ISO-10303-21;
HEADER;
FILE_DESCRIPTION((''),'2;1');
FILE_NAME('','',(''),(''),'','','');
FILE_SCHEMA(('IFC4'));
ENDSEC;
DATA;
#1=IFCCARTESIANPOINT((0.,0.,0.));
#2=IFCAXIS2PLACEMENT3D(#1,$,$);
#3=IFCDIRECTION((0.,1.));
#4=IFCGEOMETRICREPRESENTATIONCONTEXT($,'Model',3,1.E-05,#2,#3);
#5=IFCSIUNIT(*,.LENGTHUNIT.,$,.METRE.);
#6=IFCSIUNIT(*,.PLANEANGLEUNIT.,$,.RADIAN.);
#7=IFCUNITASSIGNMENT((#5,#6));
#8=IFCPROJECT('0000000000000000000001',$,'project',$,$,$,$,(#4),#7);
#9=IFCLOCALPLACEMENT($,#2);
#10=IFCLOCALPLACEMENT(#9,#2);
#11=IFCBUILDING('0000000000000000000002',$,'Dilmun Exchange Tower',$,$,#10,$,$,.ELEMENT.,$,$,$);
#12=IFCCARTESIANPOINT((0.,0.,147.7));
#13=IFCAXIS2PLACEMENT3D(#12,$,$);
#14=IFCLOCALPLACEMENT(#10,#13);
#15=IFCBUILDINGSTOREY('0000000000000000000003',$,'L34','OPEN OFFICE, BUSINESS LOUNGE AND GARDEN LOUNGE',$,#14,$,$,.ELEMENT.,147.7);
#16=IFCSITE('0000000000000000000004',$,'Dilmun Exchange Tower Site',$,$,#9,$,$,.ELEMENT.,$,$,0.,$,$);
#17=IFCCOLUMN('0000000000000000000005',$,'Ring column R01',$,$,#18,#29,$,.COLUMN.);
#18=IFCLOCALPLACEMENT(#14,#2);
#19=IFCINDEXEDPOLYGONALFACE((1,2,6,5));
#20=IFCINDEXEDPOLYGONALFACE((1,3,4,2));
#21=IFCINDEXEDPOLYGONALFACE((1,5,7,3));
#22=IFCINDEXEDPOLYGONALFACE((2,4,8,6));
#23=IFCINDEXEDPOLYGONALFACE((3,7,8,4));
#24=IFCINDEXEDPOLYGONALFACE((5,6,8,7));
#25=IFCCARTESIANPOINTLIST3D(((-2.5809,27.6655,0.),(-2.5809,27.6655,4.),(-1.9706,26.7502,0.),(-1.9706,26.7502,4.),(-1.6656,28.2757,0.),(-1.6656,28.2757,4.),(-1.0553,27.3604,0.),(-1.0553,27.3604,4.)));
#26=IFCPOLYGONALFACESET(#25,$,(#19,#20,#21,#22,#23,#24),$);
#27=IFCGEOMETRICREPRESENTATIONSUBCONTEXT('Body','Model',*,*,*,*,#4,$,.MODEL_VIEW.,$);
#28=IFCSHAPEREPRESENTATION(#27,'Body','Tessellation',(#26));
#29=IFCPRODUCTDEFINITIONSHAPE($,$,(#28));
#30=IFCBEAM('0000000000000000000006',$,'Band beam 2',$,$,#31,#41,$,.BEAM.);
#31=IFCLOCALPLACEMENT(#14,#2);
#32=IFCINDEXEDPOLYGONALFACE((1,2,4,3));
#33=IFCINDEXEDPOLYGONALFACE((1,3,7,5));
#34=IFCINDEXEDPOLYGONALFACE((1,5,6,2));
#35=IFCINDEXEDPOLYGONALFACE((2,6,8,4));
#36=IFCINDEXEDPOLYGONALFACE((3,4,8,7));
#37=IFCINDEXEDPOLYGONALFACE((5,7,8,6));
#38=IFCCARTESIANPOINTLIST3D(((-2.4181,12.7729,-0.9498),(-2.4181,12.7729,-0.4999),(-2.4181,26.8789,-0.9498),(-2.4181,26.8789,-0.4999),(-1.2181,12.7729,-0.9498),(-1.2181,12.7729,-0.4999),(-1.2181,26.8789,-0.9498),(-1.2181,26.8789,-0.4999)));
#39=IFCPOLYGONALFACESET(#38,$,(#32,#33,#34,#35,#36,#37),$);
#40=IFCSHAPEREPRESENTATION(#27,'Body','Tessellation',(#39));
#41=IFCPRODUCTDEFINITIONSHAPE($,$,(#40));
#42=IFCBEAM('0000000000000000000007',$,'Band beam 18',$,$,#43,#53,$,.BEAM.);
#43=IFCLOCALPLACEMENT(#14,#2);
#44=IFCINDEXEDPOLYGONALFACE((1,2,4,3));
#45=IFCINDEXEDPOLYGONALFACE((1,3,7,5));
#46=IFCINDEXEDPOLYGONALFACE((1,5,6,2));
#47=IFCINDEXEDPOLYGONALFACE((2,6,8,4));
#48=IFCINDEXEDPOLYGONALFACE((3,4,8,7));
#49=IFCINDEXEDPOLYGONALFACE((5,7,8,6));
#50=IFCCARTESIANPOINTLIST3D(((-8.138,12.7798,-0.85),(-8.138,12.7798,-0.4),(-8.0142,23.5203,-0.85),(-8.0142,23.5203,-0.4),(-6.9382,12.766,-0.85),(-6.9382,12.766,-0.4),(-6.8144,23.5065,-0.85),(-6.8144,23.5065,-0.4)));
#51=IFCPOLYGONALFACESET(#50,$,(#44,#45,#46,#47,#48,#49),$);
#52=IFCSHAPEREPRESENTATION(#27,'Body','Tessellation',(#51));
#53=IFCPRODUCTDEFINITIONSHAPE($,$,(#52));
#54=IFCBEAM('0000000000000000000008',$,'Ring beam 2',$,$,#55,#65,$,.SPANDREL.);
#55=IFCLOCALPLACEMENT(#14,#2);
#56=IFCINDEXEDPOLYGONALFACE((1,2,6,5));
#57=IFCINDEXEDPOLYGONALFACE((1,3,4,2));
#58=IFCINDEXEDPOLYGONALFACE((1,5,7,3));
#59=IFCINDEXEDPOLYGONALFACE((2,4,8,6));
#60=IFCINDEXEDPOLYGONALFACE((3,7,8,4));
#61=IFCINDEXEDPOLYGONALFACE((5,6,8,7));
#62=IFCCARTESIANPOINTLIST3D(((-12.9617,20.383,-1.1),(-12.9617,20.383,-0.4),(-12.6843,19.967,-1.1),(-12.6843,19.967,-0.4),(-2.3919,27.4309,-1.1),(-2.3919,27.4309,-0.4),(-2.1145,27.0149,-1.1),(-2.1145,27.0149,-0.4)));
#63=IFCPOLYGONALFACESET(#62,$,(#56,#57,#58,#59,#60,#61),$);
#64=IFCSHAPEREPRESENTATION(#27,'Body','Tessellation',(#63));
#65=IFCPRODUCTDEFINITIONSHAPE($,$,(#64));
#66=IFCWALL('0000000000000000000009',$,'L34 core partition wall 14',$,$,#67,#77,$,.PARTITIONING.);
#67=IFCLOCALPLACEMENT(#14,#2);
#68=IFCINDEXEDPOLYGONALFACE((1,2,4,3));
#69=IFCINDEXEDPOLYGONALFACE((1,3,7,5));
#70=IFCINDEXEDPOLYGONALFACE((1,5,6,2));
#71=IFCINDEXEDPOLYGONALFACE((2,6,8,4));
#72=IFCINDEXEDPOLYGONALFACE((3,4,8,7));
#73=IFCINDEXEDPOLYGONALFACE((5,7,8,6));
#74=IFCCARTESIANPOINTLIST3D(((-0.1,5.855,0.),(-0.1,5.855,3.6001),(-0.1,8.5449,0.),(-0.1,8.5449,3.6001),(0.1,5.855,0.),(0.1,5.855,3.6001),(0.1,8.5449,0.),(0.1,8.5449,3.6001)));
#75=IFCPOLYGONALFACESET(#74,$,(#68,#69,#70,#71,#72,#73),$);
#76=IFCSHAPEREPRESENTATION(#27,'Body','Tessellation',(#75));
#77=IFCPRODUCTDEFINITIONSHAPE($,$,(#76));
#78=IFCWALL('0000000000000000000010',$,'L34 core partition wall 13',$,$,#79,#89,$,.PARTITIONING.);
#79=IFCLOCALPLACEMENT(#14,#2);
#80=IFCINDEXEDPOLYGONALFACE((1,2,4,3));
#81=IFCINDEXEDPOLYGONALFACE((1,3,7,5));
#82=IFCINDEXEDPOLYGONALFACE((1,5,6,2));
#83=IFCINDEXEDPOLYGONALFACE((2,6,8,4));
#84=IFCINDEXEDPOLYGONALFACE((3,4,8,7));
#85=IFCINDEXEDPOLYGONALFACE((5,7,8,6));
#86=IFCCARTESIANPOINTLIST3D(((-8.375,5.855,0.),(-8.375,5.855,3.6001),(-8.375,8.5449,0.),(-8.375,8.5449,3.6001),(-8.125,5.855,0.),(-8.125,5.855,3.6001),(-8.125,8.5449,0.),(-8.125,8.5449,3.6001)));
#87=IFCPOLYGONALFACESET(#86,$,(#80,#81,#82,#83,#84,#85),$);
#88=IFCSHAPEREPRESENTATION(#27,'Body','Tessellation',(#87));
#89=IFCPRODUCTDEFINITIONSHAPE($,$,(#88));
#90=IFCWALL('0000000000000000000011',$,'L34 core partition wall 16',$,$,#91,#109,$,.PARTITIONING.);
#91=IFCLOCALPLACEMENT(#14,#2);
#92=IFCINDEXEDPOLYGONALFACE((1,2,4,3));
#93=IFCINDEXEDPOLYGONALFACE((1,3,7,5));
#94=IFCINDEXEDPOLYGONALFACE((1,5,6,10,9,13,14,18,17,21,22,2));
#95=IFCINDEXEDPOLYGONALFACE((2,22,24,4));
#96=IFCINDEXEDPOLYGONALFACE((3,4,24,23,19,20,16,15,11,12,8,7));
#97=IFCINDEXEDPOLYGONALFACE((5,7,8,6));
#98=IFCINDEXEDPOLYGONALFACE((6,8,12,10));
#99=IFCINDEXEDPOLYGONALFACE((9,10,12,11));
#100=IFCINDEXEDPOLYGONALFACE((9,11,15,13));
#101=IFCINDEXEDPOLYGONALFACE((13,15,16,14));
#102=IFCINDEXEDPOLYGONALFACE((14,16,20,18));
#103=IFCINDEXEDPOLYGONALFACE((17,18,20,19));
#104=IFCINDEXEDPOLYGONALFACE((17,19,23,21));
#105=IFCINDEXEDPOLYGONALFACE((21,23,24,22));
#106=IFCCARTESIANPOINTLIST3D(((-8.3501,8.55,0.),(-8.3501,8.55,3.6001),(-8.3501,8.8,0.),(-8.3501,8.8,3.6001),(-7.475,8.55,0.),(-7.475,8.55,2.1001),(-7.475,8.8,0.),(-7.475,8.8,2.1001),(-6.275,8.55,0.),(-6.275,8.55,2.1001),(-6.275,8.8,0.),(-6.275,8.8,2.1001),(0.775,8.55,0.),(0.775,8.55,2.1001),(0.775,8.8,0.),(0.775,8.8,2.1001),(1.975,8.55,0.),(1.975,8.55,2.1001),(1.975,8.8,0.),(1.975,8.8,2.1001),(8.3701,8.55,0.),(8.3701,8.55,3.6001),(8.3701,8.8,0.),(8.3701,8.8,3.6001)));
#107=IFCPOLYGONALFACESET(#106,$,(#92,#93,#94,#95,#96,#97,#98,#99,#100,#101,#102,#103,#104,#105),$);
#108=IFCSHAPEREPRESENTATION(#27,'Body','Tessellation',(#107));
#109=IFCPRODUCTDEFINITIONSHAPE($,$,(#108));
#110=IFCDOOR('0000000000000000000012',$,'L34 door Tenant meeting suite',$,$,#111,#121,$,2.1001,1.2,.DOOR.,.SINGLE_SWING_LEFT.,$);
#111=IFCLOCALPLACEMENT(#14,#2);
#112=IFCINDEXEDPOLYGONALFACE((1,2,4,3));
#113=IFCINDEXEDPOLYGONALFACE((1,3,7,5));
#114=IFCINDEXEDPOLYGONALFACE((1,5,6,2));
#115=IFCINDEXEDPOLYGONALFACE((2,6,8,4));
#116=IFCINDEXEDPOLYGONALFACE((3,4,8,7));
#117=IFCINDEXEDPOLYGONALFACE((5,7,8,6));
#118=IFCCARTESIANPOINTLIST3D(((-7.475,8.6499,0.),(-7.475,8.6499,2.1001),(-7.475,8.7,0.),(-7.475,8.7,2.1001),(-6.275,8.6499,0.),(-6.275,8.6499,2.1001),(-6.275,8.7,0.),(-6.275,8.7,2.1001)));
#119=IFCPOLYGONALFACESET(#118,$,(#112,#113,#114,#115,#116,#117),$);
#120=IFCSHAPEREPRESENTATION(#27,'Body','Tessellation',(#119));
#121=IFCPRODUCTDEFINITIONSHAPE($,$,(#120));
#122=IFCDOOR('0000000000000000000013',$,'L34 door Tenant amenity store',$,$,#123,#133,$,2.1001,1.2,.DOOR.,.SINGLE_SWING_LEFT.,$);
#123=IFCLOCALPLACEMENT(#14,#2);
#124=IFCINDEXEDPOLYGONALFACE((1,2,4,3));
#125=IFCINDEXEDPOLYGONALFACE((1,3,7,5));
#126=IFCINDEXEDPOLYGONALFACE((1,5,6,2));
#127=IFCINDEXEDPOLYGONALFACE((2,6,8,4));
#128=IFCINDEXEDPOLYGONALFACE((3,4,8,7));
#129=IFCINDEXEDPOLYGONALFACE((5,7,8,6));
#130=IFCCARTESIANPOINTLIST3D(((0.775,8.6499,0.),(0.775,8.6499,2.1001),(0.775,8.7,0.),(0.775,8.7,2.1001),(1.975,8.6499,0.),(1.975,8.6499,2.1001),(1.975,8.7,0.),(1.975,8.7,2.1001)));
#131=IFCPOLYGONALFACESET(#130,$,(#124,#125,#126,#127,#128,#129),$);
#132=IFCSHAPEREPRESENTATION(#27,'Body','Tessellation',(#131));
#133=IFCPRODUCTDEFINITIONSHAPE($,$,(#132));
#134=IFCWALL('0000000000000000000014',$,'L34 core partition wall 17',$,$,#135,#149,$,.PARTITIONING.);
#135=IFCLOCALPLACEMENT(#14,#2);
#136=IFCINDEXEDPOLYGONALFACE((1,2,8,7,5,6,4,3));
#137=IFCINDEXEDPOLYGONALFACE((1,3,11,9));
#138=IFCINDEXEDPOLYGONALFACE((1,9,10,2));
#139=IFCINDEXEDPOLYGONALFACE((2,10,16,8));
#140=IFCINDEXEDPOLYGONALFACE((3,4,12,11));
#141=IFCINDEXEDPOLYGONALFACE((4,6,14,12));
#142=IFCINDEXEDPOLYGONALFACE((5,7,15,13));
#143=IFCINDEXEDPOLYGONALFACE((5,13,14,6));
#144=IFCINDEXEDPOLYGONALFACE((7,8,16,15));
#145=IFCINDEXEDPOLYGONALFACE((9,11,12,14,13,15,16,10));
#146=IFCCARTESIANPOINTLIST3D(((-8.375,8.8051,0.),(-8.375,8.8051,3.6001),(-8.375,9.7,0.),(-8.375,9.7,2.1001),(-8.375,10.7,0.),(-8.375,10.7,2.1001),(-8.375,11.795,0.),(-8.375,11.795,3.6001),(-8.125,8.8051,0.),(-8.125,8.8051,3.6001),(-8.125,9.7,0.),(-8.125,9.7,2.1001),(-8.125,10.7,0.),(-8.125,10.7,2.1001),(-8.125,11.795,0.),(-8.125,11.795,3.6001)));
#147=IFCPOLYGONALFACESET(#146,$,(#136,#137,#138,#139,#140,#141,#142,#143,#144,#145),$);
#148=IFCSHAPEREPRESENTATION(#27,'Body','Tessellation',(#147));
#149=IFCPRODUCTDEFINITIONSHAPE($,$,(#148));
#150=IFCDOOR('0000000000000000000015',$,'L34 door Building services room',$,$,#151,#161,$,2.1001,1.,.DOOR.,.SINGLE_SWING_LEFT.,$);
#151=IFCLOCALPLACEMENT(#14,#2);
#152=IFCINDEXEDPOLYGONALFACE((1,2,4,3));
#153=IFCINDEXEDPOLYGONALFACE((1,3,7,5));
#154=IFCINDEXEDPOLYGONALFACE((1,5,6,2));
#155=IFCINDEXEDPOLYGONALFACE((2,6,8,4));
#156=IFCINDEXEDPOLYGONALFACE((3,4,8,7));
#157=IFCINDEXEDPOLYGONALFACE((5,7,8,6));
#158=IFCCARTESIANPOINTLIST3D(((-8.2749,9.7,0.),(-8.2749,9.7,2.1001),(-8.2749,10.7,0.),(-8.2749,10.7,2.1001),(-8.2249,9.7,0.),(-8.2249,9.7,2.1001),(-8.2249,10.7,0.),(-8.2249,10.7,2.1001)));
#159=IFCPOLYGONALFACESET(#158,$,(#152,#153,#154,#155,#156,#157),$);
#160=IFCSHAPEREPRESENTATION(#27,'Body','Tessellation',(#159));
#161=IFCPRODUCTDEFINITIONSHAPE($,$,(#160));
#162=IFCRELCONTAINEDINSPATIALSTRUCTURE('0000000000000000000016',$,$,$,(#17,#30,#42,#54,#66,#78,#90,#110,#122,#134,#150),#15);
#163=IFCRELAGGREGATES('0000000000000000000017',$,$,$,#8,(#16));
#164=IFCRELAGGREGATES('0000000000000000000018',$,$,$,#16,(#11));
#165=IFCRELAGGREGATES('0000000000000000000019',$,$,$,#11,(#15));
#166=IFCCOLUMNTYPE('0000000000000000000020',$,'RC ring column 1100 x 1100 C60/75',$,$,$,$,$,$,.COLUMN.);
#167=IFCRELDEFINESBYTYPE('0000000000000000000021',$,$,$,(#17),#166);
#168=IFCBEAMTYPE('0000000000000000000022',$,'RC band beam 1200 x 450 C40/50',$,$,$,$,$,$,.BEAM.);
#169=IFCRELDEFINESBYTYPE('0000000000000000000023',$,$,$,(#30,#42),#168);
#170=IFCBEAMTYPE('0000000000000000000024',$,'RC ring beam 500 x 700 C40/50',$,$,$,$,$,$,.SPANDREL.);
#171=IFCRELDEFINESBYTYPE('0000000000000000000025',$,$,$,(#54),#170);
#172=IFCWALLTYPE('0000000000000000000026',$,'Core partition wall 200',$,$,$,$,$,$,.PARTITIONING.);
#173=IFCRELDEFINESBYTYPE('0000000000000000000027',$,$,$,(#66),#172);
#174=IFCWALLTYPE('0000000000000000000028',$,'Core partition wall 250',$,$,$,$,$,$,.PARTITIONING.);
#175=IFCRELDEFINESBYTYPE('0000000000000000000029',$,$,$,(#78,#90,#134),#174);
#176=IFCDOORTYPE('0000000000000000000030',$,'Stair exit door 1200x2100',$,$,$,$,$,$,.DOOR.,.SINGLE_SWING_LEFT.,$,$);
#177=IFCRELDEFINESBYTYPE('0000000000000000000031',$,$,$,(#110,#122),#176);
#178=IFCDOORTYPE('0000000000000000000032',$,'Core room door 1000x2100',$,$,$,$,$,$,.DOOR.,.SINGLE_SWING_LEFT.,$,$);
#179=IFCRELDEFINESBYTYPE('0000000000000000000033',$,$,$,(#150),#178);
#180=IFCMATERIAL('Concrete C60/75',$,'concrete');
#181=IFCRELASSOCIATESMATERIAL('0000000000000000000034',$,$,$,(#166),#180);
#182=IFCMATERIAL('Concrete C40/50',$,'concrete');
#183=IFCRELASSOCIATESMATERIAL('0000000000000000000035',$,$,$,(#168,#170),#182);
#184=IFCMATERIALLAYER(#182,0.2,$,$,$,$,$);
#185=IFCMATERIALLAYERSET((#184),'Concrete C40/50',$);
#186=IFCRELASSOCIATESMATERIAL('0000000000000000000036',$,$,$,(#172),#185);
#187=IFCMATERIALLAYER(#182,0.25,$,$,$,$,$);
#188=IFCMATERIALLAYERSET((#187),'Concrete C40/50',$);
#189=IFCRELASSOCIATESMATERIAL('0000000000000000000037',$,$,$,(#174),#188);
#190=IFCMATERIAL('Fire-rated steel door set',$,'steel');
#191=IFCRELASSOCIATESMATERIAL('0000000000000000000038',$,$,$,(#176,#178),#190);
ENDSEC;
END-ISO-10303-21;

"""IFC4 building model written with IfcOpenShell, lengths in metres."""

from ifc_helpers import new_model, si_unit, direction, frame, frame_2d, origin, origin_2d, place, context, subcontext, project, spatial, rectangle, extrude, material, layer, layer_set, material_profile, profile_set, type_object, element, fill, save


model = new_model("IFC4")

# Units and contexts
model_context = context("Model", 3, precision=1e-05, world=origin(), true_north=direction((0.0, 1.0)))
body_context = subcontext(model_context, "Body", "Model", "MODEL_VIEW")
ifc_project = project(units=[si_unit("LENGTHUNIT", "METRE"), si_unit("PLANEANGLEUNIT", "RADIAN")], contexts=[model_context])

# Site, building, storey
site_placement = place(None, origin())
site = spatial("IfcSite", under=ifc_project, at=site_placement, Name="Dilmun Exchange Tower Site", CompositionType="ELEMENT", RefElevation=0.0)
building_placement = place(site_placement, origin())
building = spatial("IfcBuilding", under=site, at=building_placement, Name="Dilmun Exchange Tower", CompositionType="ELEMENT")
storey_placement = place(building_placement, frame((0.0, 0.0, 147.7)))
storey = spatial("IfcBuildingStorey", under=building, at=storey_placement, Name="L34", Description="OPEN OFFICE, BUSINESS LOUNGE AND GARDEN LOUNGE", CompositionType="ELEMENT", Elevation=147.7)

# Column
ifc_material_1 = material(Name="Concrete C60/75", Category="concrete")
ifc_material_profile_1 = material_profile(ifc_material_1, rectangle(XDim=1.1001, YDim=1.1001, at=origin_2d()), Name="1100 x 1100")
ifc_profile_set_1 = profile_set([ifc_material_profile_1], Name="Concrete C60/75")
column_type = type_object("IfcColumnType", Name="RC ring column 1100 x 1100 C60/75", PredefinedType="COLUMN", material=ifc_profile_set_1)
column_placement = place(storey_placement, frame((-1.8181, 27.5129, 0.0), z_axis=(0.0, 0.0, 1.0), x_axis=(0.832029, 0.554733, 0.0)))
element("IfcColumn", 1, at=column_placement, inside=storey, type_object=column_type, Name="Ring column R01", PredefinedType="COLUMN", context=body_context, shape_type="SweptSolid", body=[
    extrude(rectangle(XDim=1.1001, YDim=1.1001, at=origin_2d()), origin(), (0.0, 0.0, 1.0), 4.0),
])

# Beams
ifc_material_2 = material(Name="Concrete C40/50", Category="concrete")
ifc_material_profile_2 = material_profile(ifc_material_2, rectangle(XDim=1.2, YDim=0.45, at=origin_2d()), Name="1200 x 450")
ifc_profile_set_2 = profile_set([ifc_material_profile_2], Name="Concrete C40/50")
beam_type_1 = type_object("IfcBeamType", Name="RC band beam 1200 x 450 C40/50", PredefinedType="BEAM", material=ifc_profile_set_2)
beam_1_placement = place(storey_placement, frame((-1.8181, 26.8789, -0.7249), z_axis=(0.0, -1.0, 0.0), x_axis=(1.0, 0.0, 0.0)))
element("IfcBeam", 2, at=beam_1_placement, inside=storey, type_object=beam_type_1, Name="Band beam 2", PredefinedType="BEAM", context=body_context, shape_type="SweptSolid", body=[
    extrude(rectangle(XDim=1.2, YDim=0.45, at=origin_2d()), origin(), (0.0, 0.0, 1.0), 14.106),
])
beam_2_placement = place(storey_placement, frame((-7.4143, 23.5134, -0.625), z_axis=(-0.011524, -0.999934, 0.0), x_axis=(0.999934, -0.011524, 0.0)))
element("IfcBeam", 3, at=beam_2_placement, inside=storey, type_object=beam_type_1, Name="Band beam 18", PredefinedType="BEAM", context=body_context, shape_type="SweptSolid", body=[
    extrude(rectangle(XDim=1.2, YDim=0.45, at=origin_2d()), origin(), (0.0, 0.0, 1.0), 10.7412),
])
ifc_material_profile_3 = material_profile(ifc_material_2, rectangle(XDim=0.5, YDim=0.7, at=origin_2d()), Name="500 x 700")
ifc_profile_set_3 = profile_set([ifc_material_profile_3], Name="Concrete C40/50")
beam_type_2 = type_object("IfcBeamType", Name="RC ring beam 500 x 700 C40/50", PredefinedType="SPANDREL", material=ifc_profile_set_3)
beam_3_placement = place(storey_placement, frame((-2.2532, 27.2229, -0.75), z_axis=(-0.832003, -0.554771, 0.0), x_axis=(0.554771, -0.832003, 0.0)))
element("IfcBeam", 4, at=beam_3_placement, inside=storey, type_object=beam_type_2, Name="Ring beam 2", PredefinedType="SPANDREL", context=body_context, shape_type="SweptSolid", body=[
    extrude(rectangle(XDim=0.5, YDim=0.7, at=origin_2d()), origin(), (0.0, 0.0, 1.0), 12.7041),
])

# Walls
ifc_layer_1 = layer(ifc_material_2, 0.2)
ifc_layer_set_1 = layer_set([ifc_layer_1], Name="Concrete C40/50")
wall_type_1 = type_object("IfcWallType", Name="Core partition wall 200", PredefinedType="PARTITIONING", material=ifc_layer_set_1)
wall_1_placement = place(storey_placement, frame((0.0, 5.855, 0.0), z_axis=(0.0, 0.0, 1.0), x_axis=(0.0, 1.0, 0.0)))
element("IfcWall", 5, at=wall_1_placement, inside=storey, type_object=wall_type_1, Name="L34 core partition wall 14", PredefinedType="PARTITIONING", context=body_context, shape_type="SweptSolid", body=[
    extrude(rectangle(XDim=2.6899, YDim=0.2, at=frame_2d((1.345, 0.0))), origin(), (0.0, 0.0, 1.0), 3.6001),
])
ifc_layer_2 = layer(ifc_material_2, 0.25)
ifc_layer_set_2 = layer_set([ifc_layer_2], Name="Concrete C40/50")
wall_type_2 = type_object("IfcWallType", Name="Core partition wall 250", PredefinedType="PARTITIONING", material=ifc_layer_set_2)
wall_2_placement = place(storey_placement, frame((-8.25, 5.855, 0.0), z_axis=(0.0, 0.0, 1.0), x_axis=(0.0, 1.0, 0.0)))
element("IfcWall", 6, at=wall_2_placement, inside=storey, type_object=wall_type_2, Name="L34 core partition wall 13", PredefinedType="PARTITIONING", context=body_context, shape_type="SweptSolid", body=[
    extrude(rectangle(XDim=2.6899, YDim=0.25, at=frame_2d((1.345, 0.0))), origin(), (0.0, 0.0, 1.0), 3.6001),
])

# Wall, openings, doors
wall_3_placement = place(storey_placement, frame((-8.3501, 8.675, 0.0), z_axis=(0.0, 0.0, 1.0), x_axis=(1.0, 0.0, 0.0)))
wall_3 = element("IfcWall", 7, at=wall_3_placement, inside=storey, type_object=wall_type_2, Name="L34 core partition wall 16", PredefinedType="PARTITIONING", context=body_context, shape_type="SweptSolid", body=[
    extrude(rectangle(XDim=16.7202, YDim=0.25, at=frame_2d((8.3601, 0.0))), origin(), (0.0, 0.0, 1.0), 3.6001),
])
opening_1_placement = place(wall_3_placement, frame((0.875, 0.0, 0.0)))
opening_1 = element("IfcOpeningElement", 8, at=opening_1_placement, cuts=wall_3, PredefinedType="OPENING", context=body_context, shape_type="SweptSolid", body=[
    extrude(rectangle(XDim=1.2, YDim=2.1001, at=frame_2d((0.6001, 1.05))), frame((0.0, 0.135, 0.0), z_axis=(0.0, -1.0, 0.0), x_axis=(1.0, 0.0, 0.0)), (0.0, 0.0, 1.0), 0.27),
])
opening_2_placement = place(wall_3_placement, frame((9.125, 0.0, 0.0)))
opening_2 = element("IfcOpeningElement", 9, at=opening_2_placement, cuts=wall_3, PredefinedType="OPENING", context=body_context, shape_type="SweptSolid", body=[
    extrude(rectangle(XDim=1.2, YDim=2.1001, at=frame_2d((0.6001, 1.05))), frame((0.0, 0.135, 0.0), z_axis=(0.0, -1.0, 0.0), x_axis=(1.0, 0.0, 0.0)), (0.0, 0.0, 1.0), 0.27),
])
ifc_material_3 = material(Name="Fire-rated steel door set", Category="steel")
door_type_1 = type_object("IfcDoorType", Name="Stair exit door 1200x2100", OperationType="SINGLE_SWING_LEFT", PredefinedType="DOOR", material=ifc_material_3)
door_1_placement = place(opening_1_placement, origin())
door_1 = element("IfcDoor", 10, at=door_1_placement, inside=storey, type_object=door_type_1, Name="L34 door Tenant meeting suite", OperationType="SINGLE_SWING_LEFT", OverallHeight=2.1001, OverallWidth=1.2, PredefinedType="DOOR", context=body_context, shape_type="SweptSolid", body=[
    extrude(rectangle(XDim=1.2, YDim=2.1001, at=frame_2d((0.6001, 1.05))), frame((0.0, 0.0249, 0.0), z_axis=(0.0, -1.0, 0.0), x_axis=(1.0, 0.0, 0.0)), (0.0, 0.0, 1.0), 0.05),
])
fill(opening_1, door_1)
door_2_placement = place(opening_2_placement, origin())
door_2 = element("IfcDoor", 11, at=door_2_placement, inside=storey, type_object=door_type_1, Name="L34 door Tenant amenity store", OperationType="SINGLE_SWING_LEFT", OverallHeight=2.1001, OverallWidth=1.2, PredefinedType="DOOR", context=body_context, shape_type="SweptSolid", body=[
    extrude(rectangle(XDim=1.2, YDim=2.1001, at=frame_2d((0.6001, 1.05))), frame((0.0, 0.0249, 0.0), z_axis=(0.0, -1.0, 0.0), x_axis=(1.0, 0.0, 0.0)), (0.0, 0.0, 1.0), 0.05),
])
fill(opening_2, door_2)

# Wall, opening, door
wall_4_placement = place(storey_placement, frame((-8.25, 8.8049, 0.0), z_axis=(0.0, 0.0, 1.0), x_axis=(0.0, 1.0, 0.0)))
wall_4 = element("IfcWall", 12, at=wall_4_placement, inside=storey, type_object=wall_type_2, Name="L34 core partition wall 17", PredefinedType="PARTITIONING", context=body_context, shape_type="SweptSolid", body=[
    extrude(rectangle(XDim=2.99, YDim=0.25, at=frame_2d((1.4951, 0.0))), origin(), (0.0, 0.0, 1.0), 3.6001),
])
opening_3_placement = place(wall_4_placement, frame((0.895, 0.0, 0.0)))
opening_3 = element("IfcOpeningElement", 13, at=opening_3_placement, cuts=wall_4, PredefinedType="OPENING", context=body_context, shape_type="SweptSolid", body=[
    extrude(rectangle(XDim=1.0, YDim=2.1001, at=frame_2d((0.5, 1.05))), frame((0.0, 0.135, 0.0), z_axis=(0.0, -1.0, 0.0), x_axis=(1.0, 0.0, 0.0)), (0.0, 0.0, 1.0), 0.27),
])
door_type_2 = type_object("IfcDoorType", Name="Core room door 1000x2100", OperationType="SINGLE_SWING_LEFT", PredefinedType="DOOR", material=ifc_material_3)
door_3_placement = place(opening_3_placement, origin())
door_3 = element("IfcDoor", 14, at=door_3_placement, inside=storey, type_object=door_type_2, Name="L34 door Building services room", OperationType="SINGLE_SWING_LEFT", OverallHeight=2.1001, OverallWidth=1.0, PredefinedType="DOOR", context=body_context, shape_type="SweptSolid", body=[
    extrude(rectangle(XDim=1.0, YDim=2.1001, at=frame_2d((0.5, 1.05))), frame((0.0, 0.0249, 0.0), z_axis=(0.0, -1.0, 0.0), x_axis=(1.0, 0.0, 0.0)), (0.0, 0.0, 1.0), 0.05),
])
fill(opening_3, door_3)

save(model, "model.ifc")
